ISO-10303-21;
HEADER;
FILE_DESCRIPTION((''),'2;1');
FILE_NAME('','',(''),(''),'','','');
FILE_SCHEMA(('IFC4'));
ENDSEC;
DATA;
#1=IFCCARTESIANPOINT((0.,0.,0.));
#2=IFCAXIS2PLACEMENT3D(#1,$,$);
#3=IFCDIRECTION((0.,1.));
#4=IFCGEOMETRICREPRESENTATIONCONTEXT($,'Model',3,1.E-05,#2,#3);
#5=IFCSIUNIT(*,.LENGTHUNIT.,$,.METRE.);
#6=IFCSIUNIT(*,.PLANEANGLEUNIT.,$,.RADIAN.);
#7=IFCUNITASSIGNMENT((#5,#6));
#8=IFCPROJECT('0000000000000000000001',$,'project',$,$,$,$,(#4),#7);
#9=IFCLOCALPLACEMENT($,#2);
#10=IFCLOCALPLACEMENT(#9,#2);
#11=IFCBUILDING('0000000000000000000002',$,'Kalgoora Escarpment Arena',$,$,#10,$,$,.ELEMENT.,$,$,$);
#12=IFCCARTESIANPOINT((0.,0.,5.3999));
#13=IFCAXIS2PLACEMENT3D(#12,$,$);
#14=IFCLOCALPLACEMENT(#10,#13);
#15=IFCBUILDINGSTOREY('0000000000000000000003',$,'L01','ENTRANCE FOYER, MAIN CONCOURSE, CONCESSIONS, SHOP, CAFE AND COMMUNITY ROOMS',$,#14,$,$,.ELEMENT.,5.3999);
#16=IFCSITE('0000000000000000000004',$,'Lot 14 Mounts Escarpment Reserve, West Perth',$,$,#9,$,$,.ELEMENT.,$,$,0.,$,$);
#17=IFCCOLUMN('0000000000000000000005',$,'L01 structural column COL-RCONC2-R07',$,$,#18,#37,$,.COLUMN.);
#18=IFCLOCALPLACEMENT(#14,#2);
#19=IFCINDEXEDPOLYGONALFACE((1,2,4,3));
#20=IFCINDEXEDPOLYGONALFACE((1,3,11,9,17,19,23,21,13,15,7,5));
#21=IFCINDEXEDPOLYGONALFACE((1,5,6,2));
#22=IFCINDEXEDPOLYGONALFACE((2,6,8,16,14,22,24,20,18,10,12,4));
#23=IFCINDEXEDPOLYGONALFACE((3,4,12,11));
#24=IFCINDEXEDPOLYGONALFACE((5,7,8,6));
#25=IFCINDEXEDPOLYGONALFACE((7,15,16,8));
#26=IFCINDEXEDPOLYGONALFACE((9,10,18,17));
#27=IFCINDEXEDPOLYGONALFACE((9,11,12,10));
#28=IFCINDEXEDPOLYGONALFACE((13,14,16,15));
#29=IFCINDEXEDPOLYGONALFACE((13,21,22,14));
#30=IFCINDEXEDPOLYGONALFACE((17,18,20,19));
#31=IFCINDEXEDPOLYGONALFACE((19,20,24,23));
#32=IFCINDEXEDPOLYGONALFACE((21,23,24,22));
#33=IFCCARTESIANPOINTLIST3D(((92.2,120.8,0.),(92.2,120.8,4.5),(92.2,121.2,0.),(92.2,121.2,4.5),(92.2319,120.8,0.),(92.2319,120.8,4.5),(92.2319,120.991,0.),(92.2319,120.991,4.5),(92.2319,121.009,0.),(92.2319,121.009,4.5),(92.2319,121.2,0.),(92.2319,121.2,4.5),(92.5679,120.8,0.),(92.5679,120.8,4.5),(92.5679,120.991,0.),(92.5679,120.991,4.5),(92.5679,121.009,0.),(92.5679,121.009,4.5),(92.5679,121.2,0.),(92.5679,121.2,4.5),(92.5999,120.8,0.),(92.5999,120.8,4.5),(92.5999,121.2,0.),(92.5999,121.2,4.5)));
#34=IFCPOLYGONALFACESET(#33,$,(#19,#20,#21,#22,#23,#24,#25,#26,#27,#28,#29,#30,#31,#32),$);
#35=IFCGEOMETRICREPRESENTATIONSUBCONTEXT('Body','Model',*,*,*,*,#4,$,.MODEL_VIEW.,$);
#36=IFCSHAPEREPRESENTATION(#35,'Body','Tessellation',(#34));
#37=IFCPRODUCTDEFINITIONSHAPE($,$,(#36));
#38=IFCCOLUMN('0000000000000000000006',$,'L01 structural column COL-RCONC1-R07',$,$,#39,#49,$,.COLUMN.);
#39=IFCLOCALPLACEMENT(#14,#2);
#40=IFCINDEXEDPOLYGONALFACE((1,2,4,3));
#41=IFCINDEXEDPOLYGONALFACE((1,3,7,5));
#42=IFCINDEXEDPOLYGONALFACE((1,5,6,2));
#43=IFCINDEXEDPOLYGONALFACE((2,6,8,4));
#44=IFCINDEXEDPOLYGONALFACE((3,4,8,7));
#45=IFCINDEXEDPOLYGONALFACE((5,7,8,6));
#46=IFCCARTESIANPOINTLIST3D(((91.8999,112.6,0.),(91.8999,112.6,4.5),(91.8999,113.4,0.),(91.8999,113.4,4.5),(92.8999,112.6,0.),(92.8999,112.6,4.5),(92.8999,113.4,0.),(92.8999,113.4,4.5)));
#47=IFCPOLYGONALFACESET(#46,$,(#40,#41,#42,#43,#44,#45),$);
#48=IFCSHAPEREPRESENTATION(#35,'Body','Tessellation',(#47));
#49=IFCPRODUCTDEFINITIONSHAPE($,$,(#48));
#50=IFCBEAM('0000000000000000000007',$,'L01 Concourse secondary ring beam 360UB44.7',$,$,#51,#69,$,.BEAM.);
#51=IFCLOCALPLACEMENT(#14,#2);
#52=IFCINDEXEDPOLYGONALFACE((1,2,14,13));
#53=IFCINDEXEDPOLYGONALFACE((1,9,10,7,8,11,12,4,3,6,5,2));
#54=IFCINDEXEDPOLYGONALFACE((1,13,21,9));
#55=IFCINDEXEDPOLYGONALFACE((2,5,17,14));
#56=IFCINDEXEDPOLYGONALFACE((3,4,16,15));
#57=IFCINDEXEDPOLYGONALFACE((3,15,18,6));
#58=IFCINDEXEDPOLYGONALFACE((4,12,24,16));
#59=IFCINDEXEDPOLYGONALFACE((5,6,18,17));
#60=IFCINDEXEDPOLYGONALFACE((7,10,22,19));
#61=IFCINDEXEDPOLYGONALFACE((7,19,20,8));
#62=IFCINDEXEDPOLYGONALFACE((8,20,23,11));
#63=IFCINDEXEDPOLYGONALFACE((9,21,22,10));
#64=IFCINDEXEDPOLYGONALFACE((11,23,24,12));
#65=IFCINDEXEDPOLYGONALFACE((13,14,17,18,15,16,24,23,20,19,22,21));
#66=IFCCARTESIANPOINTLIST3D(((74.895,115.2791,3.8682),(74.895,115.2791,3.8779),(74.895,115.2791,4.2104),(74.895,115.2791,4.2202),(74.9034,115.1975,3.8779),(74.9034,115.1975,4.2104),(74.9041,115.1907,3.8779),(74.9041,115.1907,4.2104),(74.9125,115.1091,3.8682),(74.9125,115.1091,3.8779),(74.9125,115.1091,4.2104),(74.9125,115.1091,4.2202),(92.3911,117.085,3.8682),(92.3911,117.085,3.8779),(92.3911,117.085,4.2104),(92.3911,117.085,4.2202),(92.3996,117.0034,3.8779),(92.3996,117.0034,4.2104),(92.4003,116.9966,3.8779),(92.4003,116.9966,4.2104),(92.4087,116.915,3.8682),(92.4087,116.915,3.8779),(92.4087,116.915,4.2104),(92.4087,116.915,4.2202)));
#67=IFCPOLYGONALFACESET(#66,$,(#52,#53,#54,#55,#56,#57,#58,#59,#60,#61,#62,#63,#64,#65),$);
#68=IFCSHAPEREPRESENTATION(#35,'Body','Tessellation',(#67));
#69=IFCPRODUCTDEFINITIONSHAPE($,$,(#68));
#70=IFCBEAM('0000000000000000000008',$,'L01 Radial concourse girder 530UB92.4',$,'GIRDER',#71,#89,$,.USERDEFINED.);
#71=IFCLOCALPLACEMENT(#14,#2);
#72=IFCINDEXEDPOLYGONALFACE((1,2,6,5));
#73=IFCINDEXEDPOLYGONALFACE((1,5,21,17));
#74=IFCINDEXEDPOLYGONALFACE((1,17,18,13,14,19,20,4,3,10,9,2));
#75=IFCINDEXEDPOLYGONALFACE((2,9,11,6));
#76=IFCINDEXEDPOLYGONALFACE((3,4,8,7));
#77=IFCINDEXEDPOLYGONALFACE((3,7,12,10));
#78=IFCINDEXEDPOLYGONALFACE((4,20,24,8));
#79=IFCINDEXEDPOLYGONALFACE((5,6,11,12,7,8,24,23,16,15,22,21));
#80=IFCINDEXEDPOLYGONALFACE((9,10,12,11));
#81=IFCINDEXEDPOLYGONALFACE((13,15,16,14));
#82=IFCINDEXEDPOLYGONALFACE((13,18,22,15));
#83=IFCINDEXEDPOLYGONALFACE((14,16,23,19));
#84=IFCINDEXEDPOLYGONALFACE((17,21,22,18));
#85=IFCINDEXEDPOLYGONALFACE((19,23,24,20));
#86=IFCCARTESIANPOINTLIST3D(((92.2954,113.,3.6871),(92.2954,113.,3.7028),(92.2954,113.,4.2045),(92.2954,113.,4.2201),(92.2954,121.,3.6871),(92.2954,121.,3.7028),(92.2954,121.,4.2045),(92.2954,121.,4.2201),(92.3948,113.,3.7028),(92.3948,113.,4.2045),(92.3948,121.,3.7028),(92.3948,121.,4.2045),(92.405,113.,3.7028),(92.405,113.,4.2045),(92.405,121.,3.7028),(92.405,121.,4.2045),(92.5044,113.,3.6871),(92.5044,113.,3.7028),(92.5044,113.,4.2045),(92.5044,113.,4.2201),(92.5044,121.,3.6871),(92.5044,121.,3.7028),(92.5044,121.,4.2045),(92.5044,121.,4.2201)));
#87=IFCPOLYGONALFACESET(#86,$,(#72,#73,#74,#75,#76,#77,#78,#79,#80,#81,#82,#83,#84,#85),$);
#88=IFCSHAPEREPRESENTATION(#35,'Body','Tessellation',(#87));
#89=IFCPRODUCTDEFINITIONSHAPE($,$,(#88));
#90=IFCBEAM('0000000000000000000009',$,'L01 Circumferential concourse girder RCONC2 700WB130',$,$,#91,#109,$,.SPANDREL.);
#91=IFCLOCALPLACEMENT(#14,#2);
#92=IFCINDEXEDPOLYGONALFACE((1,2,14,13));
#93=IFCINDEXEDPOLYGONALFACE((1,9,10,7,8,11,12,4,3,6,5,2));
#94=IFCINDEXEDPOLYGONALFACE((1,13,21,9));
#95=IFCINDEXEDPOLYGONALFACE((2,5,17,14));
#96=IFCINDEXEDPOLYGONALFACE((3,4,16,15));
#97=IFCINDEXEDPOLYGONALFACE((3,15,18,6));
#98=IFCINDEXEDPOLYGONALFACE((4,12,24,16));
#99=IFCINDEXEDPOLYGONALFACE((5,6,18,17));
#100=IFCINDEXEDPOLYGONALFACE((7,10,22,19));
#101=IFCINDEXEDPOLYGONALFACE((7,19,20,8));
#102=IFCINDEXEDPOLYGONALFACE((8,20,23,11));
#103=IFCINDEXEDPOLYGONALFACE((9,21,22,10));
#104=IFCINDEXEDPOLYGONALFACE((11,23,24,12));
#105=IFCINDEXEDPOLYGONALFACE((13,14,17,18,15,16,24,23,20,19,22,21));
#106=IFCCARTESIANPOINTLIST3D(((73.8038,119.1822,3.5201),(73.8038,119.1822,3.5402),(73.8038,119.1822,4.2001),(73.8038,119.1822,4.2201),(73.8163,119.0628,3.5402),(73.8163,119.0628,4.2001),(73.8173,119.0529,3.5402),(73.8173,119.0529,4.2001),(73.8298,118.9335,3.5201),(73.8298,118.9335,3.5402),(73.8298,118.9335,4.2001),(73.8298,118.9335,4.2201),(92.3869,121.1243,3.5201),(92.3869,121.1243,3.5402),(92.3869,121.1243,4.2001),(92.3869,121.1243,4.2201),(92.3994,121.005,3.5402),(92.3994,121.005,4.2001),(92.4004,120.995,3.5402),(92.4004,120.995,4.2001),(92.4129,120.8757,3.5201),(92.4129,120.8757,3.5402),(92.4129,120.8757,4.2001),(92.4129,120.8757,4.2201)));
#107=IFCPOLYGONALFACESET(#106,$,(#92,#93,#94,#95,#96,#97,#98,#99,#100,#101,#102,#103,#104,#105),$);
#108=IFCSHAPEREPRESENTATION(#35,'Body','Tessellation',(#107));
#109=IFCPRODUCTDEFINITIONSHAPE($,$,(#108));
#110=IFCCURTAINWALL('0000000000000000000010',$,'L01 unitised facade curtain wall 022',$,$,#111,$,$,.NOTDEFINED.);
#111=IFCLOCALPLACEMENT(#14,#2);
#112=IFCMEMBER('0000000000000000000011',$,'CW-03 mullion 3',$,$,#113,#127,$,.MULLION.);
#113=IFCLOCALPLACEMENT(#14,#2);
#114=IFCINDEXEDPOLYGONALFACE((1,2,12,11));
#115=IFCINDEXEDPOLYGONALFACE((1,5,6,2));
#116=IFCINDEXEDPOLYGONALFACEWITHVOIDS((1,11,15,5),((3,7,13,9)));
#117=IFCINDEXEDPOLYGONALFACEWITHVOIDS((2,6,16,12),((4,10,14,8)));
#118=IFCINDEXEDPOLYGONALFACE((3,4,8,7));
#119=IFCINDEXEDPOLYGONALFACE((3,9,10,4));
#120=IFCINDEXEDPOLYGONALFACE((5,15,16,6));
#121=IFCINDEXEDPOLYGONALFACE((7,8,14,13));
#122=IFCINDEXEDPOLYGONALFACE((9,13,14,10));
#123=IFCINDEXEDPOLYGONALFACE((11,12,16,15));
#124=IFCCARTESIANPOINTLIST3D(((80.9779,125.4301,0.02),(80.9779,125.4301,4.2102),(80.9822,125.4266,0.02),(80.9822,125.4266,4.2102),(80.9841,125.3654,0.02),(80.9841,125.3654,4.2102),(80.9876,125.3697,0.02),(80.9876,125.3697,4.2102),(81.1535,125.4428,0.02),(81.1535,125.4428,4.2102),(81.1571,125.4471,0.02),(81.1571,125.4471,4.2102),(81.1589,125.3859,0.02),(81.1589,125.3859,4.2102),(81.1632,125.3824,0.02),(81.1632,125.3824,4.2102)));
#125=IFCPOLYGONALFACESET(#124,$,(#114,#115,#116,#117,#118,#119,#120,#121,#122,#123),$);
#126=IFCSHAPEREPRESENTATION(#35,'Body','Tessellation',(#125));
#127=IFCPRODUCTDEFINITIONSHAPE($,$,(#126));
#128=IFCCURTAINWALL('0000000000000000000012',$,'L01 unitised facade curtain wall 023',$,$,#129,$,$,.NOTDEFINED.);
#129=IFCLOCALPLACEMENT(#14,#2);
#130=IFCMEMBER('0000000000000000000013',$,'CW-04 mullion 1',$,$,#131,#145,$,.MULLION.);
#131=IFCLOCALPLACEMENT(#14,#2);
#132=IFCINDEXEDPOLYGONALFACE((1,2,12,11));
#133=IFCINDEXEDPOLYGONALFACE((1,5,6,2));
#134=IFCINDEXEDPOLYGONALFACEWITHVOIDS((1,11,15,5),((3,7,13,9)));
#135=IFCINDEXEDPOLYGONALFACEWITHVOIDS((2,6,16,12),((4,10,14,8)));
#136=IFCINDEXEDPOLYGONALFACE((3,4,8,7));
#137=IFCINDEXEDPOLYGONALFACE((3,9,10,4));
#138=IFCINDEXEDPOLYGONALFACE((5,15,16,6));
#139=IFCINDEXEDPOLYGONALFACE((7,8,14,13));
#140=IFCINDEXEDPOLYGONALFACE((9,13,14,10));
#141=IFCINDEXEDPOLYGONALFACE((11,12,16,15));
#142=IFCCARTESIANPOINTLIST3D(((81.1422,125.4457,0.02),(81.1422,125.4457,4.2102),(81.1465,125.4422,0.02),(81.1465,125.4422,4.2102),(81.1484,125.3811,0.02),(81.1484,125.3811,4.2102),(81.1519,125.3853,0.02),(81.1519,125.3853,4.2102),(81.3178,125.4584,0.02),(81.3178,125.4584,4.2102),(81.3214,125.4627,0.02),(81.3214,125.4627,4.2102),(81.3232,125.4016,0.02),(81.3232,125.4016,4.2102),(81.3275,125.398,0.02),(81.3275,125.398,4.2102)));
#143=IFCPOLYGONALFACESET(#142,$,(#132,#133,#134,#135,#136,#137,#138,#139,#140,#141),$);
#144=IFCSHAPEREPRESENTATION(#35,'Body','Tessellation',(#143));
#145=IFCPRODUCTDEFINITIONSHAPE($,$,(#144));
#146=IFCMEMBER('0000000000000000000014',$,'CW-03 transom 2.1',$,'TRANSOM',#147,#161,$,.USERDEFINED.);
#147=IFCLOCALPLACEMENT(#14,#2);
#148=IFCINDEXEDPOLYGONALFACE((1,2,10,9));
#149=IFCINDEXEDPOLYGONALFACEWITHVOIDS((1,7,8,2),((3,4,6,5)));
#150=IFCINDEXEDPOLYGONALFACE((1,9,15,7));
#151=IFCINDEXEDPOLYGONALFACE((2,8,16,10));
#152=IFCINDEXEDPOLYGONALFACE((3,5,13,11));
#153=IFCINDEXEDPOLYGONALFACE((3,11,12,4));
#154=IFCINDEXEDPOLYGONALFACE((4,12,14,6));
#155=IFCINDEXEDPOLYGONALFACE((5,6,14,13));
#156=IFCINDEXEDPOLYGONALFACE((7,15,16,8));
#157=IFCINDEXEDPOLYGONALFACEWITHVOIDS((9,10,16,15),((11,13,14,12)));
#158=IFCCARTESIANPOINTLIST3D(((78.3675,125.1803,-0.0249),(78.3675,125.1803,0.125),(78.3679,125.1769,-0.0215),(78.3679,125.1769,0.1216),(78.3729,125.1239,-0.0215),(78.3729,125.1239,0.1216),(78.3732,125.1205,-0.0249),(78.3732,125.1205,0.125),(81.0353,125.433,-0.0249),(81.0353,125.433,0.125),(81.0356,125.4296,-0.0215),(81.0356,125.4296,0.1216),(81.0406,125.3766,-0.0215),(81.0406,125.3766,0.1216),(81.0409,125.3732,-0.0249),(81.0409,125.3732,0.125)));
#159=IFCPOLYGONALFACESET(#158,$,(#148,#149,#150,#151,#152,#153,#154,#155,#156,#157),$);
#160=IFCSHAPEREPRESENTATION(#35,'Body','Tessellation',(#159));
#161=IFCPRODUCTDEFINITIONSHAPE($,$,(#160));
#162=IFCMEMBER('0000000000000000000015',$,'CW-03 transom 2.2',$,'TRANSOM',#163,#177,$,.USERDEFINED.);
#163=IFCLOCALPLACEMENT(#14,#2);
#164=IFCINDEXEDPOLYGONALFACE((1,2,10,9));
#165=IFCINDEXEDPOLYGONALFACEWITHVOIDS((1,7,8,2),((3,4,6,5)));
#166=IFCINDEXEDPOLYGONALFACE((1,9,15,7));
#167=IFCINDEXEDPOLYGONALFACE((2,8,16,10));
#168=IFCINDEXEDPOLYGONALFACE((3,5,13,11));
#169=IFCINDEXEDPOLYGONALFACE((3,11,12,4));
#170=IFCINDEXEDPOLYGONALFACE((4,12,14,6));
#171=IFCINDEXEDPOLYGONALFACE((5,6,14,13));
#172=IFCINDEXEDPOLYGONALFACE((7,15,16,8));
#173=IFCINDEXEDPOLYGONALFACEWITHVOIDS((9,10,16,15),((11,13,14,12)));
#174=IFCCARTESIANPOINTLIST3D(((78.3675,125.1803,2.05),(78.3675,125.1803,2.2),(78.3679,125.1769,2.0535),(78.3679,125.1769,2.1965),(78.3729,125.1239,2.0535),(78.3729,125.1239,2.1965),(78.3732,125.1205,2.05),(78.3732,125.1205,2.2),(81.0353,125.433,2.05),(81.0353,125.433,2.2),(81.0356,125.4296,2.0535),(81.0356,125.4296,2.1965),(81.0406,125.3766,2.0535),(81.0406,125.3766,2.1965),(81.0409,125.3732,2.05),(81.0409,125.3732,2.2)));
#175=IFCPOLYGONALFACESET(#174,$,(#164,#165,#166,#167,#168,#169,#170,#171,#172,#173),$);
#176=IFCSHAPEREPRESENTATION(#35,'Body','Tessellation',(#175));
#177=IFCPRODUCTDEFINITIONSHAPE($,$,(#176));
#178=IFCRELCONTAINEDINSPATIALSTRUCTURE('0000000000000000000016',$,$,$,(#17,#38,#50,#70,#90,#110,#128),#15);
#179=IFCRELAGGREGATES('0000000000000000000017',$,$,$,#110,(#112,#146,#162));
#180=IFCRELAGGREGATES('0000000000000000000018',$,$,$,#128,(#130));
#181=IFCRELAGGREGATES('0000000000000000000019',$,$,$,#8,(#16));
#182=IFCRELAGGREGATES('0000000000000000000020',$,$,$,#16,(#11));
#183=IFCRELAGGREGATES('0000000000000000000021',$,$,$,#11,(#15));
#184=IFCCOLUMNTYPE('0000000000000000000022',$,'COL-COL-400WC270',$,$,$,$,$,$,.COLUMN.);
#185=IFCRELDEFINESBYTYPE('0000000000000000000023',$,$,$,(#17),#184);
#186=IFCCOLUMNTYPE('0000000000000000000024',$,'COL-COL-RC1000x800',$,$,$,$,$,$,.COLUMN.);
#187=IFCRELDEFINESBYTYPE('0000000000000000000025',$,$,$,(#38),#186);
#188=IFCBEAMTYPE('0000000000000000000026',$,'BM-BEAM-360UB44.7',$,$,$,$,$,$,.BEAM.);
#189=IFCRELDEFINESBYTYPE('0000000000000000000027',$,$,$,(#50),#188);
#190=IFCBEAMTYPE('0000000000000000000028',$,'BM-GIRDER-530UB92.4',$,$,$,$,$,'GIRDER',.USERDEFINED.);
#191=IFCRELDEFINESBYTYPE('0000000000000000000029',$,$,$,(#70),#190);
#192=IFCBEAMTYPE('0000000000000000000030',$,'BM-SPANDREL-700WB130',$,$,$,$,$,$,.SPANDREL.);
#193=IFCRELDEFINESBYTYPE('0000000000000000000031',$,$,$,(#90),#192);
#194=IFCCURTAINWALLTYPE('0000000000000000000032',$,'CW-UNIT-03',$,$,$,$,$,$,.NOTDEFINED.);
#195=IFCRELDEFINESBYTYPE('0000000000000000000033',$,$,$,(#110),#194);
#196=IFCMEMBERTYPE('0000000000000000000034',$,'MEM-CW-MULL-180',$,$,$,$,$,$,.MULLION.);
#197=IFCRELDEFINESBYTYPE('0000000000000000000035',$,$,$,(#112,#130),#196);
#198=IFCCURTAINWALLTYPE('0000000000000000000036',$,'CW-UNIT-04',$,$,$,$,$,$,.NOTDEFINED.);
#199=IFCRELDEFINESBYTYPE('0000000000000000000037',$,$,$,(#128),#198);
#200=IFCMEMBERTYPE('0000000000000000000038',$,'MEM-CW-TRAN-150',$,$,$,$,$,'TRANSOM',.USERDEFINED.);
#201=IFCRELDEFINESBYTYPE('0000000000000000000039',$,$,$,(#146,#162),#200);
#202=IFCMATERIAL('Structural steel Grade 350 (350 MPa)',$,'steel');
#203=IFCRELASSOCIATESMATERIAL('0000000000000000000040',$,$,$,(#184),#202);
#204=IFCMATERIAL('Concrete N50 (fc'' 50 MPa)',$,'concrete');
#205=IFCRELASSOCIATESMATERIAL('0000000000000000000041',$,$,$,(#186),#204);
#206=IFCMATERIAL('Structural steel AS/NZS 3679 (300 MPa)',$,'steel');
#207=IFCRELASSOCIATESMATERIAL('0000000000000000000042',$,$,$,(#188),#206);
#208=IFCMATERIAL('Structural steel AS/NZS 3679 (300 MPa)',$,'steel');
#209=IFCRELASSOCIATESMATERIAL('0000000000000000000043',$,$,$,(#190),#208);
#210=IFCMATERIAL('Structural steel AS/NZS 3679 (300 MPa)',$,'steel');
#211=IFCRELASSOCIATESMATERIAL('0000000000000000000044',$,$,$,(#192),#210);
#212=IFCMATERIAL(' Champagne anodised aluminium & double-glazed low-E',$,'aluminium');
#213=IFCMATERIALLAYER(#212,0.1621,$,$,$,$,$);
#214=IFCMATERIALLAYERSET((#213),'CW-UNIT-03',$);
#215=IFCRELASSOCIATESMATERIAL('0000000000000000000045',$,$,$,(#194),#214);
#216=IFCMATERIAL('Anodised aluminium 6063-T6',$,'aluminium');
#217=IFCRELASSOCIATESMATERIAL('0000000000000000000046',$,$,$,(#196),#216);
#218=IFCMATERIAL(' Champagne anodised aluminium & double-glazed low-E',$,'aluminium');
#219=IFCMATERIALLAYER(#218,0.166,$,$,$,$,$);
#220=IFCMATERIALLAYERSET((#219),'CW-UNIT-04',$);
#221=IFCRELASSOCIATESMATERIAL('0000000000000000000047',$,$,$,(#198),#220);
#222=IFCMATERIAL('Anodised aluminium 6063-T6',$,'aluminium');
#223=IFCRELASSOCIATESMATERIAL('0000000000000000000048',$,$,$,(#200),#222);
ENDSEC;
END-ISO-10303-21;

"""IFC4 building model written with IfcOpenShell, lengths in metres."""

from ifc_helpers import new_model, si_unit, direction, frame, origin, origin_2d, place, context, subcontext, project, spatial, rectangle, hollow_rectangle, i_section, extrude, material, layer, layer_set, material_profile, profile_set, type_object, element, aggregate, save


model = new_model("IFC4")

# Units and contexts
model_context = context("Model", 3, precision=1e-05, world=origin(), true_north=direction((0.0, 1.0)))
body_context = subcontext(model_context, "Body", "Model", "MODEL_VIEW")
ifc_project = project(units=[si_unit("LENGTHUNIT", "METRE"), si_unit("PLANEANGLEUNIT", "RADIAN")], contexts=[model_context])

# Site, building, storey
site_placement = place(None, origin())
site = spatial("IfcSite", under=ifc_project, at=site_placement, Name="Lot 14 Mounts Escarpment Reserve, West Perth", CompositionType="ELEMENT", RefElevation=0.0)
building_placement = place(site_placement, origin())
building = spatial("IfcBuilding", under=site, at=building_placement, Name="Kalgoora Escarpment Arena", CompositionType="ELEMENT")
storey_placement = place(building_placement, frame((0.0, 0.0, 5.3999)))
storey = spatial("IfcBuildingStorey", under=building, at=storey_placement, Name="L01", Description="ENTRANCE FOYER, MAIN CONCOURSE, CONCESSIONS, SHOP, CAFE AND COMMUNITY ROOMS", CompositionType="ELEMENT", Elevation=5.3999)

# Columns
ifc_material_1 = material(Name="Structural steel Grade 350 (350 MPa)", Category="steel")
ifc_material_profile_1 = material_profile(ifc_material_1, i_section(OverallWidth=0.3999, OverallDepth=0.3999, WebThickness=0.0181, FlangeThickness=0.032, at=origin_2d()))
ifc_profile_set_1 = profile_set([ifc_material_profile_1], Name="Structural steel Grade 350 (350 MPa)")
column_type_1 = type_object("IfcColumnType", Name="COL-COL-400WC270", PredefinedType="COLUMN", material=ifc_profile_set_1)
column_1_placement = place(storey_placement, frame((92.3999, 121.0, 0.0), z_axis=(0.0, 0.0, 1.0), x_axis=(0.0, 1.0, 0.0)))
element("IfcColumn", 1, at=column_1_placement, inside=storey, type_object=column_type_1, Name="L01 structural column COL-RCONC2-R07", PredefinedType="COLUMN", context=body_context, shape_type="SweptSolid", body=[
    extrude(i_section(OverallWidth=0.3999, OverallDepth=0.3999, WebThickness=0.0181, FlangeThickness=0.032, at=origin_2d()), origin(), (0.0, 0.0, 1.0), 4.5),
])
ifc_material_2 = material(Name="Concrete N50 (fc' 50 MPa)", Category="concrete")
ifc_material_profile_2 = material_profile(ifc_material_2, rectangle(XDim=0.8, YDim=1.0, at=origin_2d()))
ifc_profile_set_2 = profile_set([ifc_material_profile_2], Name="Concrete N50 (fc' 50 MPa)")
column_type_2 = type_object("IfcColumnType", Name="COL-COL-RC1000x800", PredefinedType="COLUMN", material=ifc_profile_set_2)
column_2_placement = place(storey_placement, frame((92.3999, 113.0, 0.0), z_axis=(0.0, 0.0, 1.0), x_axis=(0.0, 1.0, 0.0)))
element("IfcColumn", 2, at=column_2_placement, inside=storey, type_object=column_type_2, Name="L01 structural column COL-RCONC1-R07", PredefinedType="COLUMN", context=body_context, shape_type="SweptSolid", body=[
    extrude(rectangle(XDim=0.8, YDim=1.0, at=origin_2d()), origin(), (0.0, 0.0, 1.0), 4.5),
])

# Beams
ifc_material_3 = material(Name="Structural steel AS/NZS 3679 (300 MPa)", Category="steel")
ifc_material_profile_3 = material_profile(ifc_material_3, i_section(OverallWidth=0.1709, OverallDepth=0.3521, WebThickness=0.0068, FlangeThickness=0.0098, at=origin_2d()))
ifc_profile_set_3 = profile_set([ifc_material_profile_3], Name="Structural steel AS/NZS 3679 (300 MPa)")
beam_type_1 = type_object("IfcBeamType", Name="BM-BEAM-360UB44.7", PredefinedType="BEAM", material=ifc_profile_set_3)
beam_1_placement = place(storey_placement, frame((92.3999, 117.0, 4.0442), z_axis=(-0.994715, -0.102672, 0.0), x_axis=(0.102672, -0.994715, 0.0)))
element("IfcBeam", 3, at=beam_1_placement, inside=storey, type_object=beam_type_1, Name="L01 Concourse secondary ring beam 360UB44.7", PredefinedType="BEAM", context=body_context, shape_type="SweptSolid", body=[
    extrude(i_section(OverallWidth=0.1709, OverallDepth=0.3521, WebThickness=0.0068, FlangeThickness=0.0098, at=origin_2d()), origin(), (0.0, 0.0, 1.0), 17.5891),
])
ifc_material_4 = material(Name="Structural steel AS/NZS 3679 (300 MPa)", Category="steel")
ifc_material_profile_4 = material_profile(ifc_material_4, i_section(OverallWidth=0.209, OverallDepth=0.533, WebThickness=0.0103, FlangeThickness=0.0156, at=origin_2d()))
ifc_profile_set_4 = profile_set([ifc_material_profile_4], Name="Structural steel AS/NZS 3679 (300 MPa)")
beam_type_2 = type_object("IfcBeamType", Name="BM-GIRDER-530UB92.4", ElementType="GIRDER", PredefinedType="USERDEFINED", material=ifc_profile_set_4)
beam_2_placement = place(storey_placement, frame((92.3999, 113.0, 3.9536), z_axis=(0.0, 1.0, 0.0), x_axis=(-1.0, 0.0, 0.0)))
element("IfcBeam", 4, at=beam_2_placement, inside=storey, type_object=beam_type_2, Name="L01 Radial concourse girder 530UB92.4", ObjectType="GIRDER", PredefinedType="USERDEFINED", context=body_context, shape_type="SweptSolid", body=[
    extrude(i_section(OverallWidth=0.209, OverallDepth=0.533, WebThickness=0.0103, FlangeThickness=0.0156, at=origin_2d()), origin(), (0.0, 0.0, 1.0), 8.0),
])
ifc_material_5 = material(Name="Structural steel AS/NZS 3679 (300 MPa)", Category="steel")
ifc_material_profile_5 = material_profile(ifc_material_5, i_section(OverallWidth=0.25, OverallDepth=0.7, WebThickness=0.01, FlangeThickness=0.02, at=origin_2d()))
ifc_profile_set_5 = profile_set([ifc_material_profile_5], Name="Structural steel AS/NZS 3679 (300 MPa)")
beam_type_3 = type_object("IfcBeamType", Name="BM-SPANDREL-700WB130", PredefinedType="SPANDREL", material=ifc_profile_set_5)
beam_3_placement = place(storey_placement, frame((92.3999, 121.0, 3.8701), z_axis=(-0.994583, -0.103945, 0.0), x_axis=(0.103945, -0.994583, 0.0)))
element("IfcBeam", 5, at=beam_3_placement, inside=storey, type_object=beam_type_3, Name="L01 Circumferential concourse girder RCONC2 700WB130", PredefinedType="SPANDREL", context=body_context, shape_type="SweptSolid", body=[
    extrude(i_section(OverallWidth=0.25, OverallDepth=0.7, WebThickness=0.01, FlangeThickness=0.02, at=origin_2d()), origin(), (0.0, 0.0, 1.0), 18.6843),
])

# Curtain walls, members
ifc_material_6 = material(Name=" Champagne anodised aluminium & double-glazed low-E", Category="aluminium")
ifc_layer_1 = layer(ifc_material_6, 0.1621)
ifc_layer_set_1 = layer_set([ifc_layer_1], Name="CW-UNIT-03")
curtain_wall_type_1 = type_object("IfcCurtainWallType", Name="CW-UNIT-03", PredefinedType="NOTDEFINED", material=ifc_layer_set_1)
curtain_wall_1_placement = place(storey_placement, origin())
curtain_wall_1 = element("IfcCurtainWall", 6, at=curtain_wall_1_placement, inside=storey, type_object=curtain_wall_type_1, Name="L01 unitised facade curtain wall 022", PredefinedType="NOTDEFINED")
ifc_material_7 = material(Name="Anodised aluminium 6063-T6", Category="aluminium")
ifc_material_profile_6 = material_profile(ifc_material_7, hollow_rectangle(XDim=0.0649, YDim=0.1799, WallThickness=0.0039, at=origin_2d()))
ifc_profile_set_6 = profile_set([ifc_material_profile_6], Name="Anodised aluminium 6063-T6")
member_type_1 = type_object("IfcMemberType", Name="MEM-CW-MULL-180", PredefinedType="MULLION", material=ifc_profile_set_6)
member_1_placement = place(storey_placement, frame((81.0706, 125.4062, 0.02), z_axis=(0.0, 0.0, 1.0), x_axis=(-0.094301, 0.995544, 0.0)))
member_1 = element("IfcMember", 7, at=member_1_placement, type_object=member_type_1, Name="CW-03 mullion 3", PredefinedType="MULLION", context=body_context, shape_type="SweptSolid", body=[
    extrude(hollow_rectangle(XDim=0.0649, YDim=0.1799, WallThickness=0.0039, at=origin_2d()), origin(), (0.0, 0.0, 1.0), 4.1902),
])
ifc_material_8 = material(Name=" Champagne anodised aluminium & double-glazed low-E", Category="aluminium")
ifc_layer_2 = layer(ifc_material_8, 0.166)
ifc_layer_set_2 = layer_set([ifc_layer_2], Name="CW-UNIT-04")
curtain_wall_type_2 = type_object("IfcCurtainWallType", Name="CW-UNIT-04", PredefinedType="NOTDEFINED", material=ifc_layer_set_2)
curtain_wall_2_placement = place(storey_placement, origin())
curtain_wall_2 = element("IfcCurtainWall", 8, at=curtain_wall_2_placement, inside=storey, type_object=curtain_wall_type_2, Name="L01 unitised facade curtain wall 023", PredefinedType="NOTDEFINED")
member_2_placement = place(storey_placement, frame((81.2349, 125.4219, 0.02), z_axis=(0.0, 0.0, 1.0), x_axis=(-0.094301, 0.995544, 0.0)))
member_2 = element("IfcMember", 9, at=member_2_placement, type_object=member_type_1, Name="CW-04 mullion 1", PredefinedType="MULLION", context=body_context, shape_type="SweptSolid", body=[
    extrude(hollow_rectangle(XDim=0.0649, YDim=0.1799, WallThickness=0.0039, at=origin_2d()), origin(), (0.0, 0.0, 1.0), 4.1902),
])

# Members
ifc_material_9 = material(Name="Anodised aluminium 6063-T6", Category="aluminium")
ifc_material_profile_7 = material_profile(ifc_material_9, hollow_rectangle(XDim=0.0601, YDim=0.1499, WallThickness=0.0034, at=origin_2d()))
ifc_profile_set_7 = profile_set([ifc_material_profile_7], Name="Anodised aluminium 6063-T6")
member_type_2 = type_object("IfcMemberType", Name="MEM-CW-TRAN-150", ElementType="TRANSOM", PredefinedType="USERDEFINED", material=ifc_profile_set_7)
member_3_placement = place(storey_placement, frame((78.3704, 125.1504, 0.05), z_axis=(0.995544, 0.094297, 0.0), x_axis=(-0.094297, 0.995544, 0.0)))
member_3 = element("IfcMember", 10, at=member_3_placement, type_object=member_type_2, Name="CW-03 transom 2.1", ObjectType="TRANSOM", PredefinedType="USERDEFINED", context=body_context, shape_type="SweptSolid", body=[
    extrude(hollow_rectangle(XDim=0.0601, YDim=0.1499, WallThickness=0.0034, at=origin_2d()), origin(), (0.0, 0.0, 1.0), 2.6797),
])
member_4_placement = place(storey_placement, frame((78.3704, 125.1504, 2.125), z_axis=(0.995544, 0.094297, 0.0), x_axis=(-0.094297, 0.995544, 0.0)))
member_4 = element("IfcMember", 11, at=member_4_placement, type_object=member_type_2, Name="CW-03 transom 2.2", ObjectType="TRANSOM", PredefinedType="USERDEFINED", context=body_context, shape_type="SweptSolid", body=[
    extrude(hollow_rectangle(XDim=0.0601, YDim=0.1499, WallThickness=0.0034, at=origin_2d()), origin(), (0.0, 0.0, 1.0), 2.6797),
])

aggregate(curtain_wall_1, [member_1, member_3, member_4])
aggregate(curtain_wall_2, [member_2])

save(model, "model.ifc")
